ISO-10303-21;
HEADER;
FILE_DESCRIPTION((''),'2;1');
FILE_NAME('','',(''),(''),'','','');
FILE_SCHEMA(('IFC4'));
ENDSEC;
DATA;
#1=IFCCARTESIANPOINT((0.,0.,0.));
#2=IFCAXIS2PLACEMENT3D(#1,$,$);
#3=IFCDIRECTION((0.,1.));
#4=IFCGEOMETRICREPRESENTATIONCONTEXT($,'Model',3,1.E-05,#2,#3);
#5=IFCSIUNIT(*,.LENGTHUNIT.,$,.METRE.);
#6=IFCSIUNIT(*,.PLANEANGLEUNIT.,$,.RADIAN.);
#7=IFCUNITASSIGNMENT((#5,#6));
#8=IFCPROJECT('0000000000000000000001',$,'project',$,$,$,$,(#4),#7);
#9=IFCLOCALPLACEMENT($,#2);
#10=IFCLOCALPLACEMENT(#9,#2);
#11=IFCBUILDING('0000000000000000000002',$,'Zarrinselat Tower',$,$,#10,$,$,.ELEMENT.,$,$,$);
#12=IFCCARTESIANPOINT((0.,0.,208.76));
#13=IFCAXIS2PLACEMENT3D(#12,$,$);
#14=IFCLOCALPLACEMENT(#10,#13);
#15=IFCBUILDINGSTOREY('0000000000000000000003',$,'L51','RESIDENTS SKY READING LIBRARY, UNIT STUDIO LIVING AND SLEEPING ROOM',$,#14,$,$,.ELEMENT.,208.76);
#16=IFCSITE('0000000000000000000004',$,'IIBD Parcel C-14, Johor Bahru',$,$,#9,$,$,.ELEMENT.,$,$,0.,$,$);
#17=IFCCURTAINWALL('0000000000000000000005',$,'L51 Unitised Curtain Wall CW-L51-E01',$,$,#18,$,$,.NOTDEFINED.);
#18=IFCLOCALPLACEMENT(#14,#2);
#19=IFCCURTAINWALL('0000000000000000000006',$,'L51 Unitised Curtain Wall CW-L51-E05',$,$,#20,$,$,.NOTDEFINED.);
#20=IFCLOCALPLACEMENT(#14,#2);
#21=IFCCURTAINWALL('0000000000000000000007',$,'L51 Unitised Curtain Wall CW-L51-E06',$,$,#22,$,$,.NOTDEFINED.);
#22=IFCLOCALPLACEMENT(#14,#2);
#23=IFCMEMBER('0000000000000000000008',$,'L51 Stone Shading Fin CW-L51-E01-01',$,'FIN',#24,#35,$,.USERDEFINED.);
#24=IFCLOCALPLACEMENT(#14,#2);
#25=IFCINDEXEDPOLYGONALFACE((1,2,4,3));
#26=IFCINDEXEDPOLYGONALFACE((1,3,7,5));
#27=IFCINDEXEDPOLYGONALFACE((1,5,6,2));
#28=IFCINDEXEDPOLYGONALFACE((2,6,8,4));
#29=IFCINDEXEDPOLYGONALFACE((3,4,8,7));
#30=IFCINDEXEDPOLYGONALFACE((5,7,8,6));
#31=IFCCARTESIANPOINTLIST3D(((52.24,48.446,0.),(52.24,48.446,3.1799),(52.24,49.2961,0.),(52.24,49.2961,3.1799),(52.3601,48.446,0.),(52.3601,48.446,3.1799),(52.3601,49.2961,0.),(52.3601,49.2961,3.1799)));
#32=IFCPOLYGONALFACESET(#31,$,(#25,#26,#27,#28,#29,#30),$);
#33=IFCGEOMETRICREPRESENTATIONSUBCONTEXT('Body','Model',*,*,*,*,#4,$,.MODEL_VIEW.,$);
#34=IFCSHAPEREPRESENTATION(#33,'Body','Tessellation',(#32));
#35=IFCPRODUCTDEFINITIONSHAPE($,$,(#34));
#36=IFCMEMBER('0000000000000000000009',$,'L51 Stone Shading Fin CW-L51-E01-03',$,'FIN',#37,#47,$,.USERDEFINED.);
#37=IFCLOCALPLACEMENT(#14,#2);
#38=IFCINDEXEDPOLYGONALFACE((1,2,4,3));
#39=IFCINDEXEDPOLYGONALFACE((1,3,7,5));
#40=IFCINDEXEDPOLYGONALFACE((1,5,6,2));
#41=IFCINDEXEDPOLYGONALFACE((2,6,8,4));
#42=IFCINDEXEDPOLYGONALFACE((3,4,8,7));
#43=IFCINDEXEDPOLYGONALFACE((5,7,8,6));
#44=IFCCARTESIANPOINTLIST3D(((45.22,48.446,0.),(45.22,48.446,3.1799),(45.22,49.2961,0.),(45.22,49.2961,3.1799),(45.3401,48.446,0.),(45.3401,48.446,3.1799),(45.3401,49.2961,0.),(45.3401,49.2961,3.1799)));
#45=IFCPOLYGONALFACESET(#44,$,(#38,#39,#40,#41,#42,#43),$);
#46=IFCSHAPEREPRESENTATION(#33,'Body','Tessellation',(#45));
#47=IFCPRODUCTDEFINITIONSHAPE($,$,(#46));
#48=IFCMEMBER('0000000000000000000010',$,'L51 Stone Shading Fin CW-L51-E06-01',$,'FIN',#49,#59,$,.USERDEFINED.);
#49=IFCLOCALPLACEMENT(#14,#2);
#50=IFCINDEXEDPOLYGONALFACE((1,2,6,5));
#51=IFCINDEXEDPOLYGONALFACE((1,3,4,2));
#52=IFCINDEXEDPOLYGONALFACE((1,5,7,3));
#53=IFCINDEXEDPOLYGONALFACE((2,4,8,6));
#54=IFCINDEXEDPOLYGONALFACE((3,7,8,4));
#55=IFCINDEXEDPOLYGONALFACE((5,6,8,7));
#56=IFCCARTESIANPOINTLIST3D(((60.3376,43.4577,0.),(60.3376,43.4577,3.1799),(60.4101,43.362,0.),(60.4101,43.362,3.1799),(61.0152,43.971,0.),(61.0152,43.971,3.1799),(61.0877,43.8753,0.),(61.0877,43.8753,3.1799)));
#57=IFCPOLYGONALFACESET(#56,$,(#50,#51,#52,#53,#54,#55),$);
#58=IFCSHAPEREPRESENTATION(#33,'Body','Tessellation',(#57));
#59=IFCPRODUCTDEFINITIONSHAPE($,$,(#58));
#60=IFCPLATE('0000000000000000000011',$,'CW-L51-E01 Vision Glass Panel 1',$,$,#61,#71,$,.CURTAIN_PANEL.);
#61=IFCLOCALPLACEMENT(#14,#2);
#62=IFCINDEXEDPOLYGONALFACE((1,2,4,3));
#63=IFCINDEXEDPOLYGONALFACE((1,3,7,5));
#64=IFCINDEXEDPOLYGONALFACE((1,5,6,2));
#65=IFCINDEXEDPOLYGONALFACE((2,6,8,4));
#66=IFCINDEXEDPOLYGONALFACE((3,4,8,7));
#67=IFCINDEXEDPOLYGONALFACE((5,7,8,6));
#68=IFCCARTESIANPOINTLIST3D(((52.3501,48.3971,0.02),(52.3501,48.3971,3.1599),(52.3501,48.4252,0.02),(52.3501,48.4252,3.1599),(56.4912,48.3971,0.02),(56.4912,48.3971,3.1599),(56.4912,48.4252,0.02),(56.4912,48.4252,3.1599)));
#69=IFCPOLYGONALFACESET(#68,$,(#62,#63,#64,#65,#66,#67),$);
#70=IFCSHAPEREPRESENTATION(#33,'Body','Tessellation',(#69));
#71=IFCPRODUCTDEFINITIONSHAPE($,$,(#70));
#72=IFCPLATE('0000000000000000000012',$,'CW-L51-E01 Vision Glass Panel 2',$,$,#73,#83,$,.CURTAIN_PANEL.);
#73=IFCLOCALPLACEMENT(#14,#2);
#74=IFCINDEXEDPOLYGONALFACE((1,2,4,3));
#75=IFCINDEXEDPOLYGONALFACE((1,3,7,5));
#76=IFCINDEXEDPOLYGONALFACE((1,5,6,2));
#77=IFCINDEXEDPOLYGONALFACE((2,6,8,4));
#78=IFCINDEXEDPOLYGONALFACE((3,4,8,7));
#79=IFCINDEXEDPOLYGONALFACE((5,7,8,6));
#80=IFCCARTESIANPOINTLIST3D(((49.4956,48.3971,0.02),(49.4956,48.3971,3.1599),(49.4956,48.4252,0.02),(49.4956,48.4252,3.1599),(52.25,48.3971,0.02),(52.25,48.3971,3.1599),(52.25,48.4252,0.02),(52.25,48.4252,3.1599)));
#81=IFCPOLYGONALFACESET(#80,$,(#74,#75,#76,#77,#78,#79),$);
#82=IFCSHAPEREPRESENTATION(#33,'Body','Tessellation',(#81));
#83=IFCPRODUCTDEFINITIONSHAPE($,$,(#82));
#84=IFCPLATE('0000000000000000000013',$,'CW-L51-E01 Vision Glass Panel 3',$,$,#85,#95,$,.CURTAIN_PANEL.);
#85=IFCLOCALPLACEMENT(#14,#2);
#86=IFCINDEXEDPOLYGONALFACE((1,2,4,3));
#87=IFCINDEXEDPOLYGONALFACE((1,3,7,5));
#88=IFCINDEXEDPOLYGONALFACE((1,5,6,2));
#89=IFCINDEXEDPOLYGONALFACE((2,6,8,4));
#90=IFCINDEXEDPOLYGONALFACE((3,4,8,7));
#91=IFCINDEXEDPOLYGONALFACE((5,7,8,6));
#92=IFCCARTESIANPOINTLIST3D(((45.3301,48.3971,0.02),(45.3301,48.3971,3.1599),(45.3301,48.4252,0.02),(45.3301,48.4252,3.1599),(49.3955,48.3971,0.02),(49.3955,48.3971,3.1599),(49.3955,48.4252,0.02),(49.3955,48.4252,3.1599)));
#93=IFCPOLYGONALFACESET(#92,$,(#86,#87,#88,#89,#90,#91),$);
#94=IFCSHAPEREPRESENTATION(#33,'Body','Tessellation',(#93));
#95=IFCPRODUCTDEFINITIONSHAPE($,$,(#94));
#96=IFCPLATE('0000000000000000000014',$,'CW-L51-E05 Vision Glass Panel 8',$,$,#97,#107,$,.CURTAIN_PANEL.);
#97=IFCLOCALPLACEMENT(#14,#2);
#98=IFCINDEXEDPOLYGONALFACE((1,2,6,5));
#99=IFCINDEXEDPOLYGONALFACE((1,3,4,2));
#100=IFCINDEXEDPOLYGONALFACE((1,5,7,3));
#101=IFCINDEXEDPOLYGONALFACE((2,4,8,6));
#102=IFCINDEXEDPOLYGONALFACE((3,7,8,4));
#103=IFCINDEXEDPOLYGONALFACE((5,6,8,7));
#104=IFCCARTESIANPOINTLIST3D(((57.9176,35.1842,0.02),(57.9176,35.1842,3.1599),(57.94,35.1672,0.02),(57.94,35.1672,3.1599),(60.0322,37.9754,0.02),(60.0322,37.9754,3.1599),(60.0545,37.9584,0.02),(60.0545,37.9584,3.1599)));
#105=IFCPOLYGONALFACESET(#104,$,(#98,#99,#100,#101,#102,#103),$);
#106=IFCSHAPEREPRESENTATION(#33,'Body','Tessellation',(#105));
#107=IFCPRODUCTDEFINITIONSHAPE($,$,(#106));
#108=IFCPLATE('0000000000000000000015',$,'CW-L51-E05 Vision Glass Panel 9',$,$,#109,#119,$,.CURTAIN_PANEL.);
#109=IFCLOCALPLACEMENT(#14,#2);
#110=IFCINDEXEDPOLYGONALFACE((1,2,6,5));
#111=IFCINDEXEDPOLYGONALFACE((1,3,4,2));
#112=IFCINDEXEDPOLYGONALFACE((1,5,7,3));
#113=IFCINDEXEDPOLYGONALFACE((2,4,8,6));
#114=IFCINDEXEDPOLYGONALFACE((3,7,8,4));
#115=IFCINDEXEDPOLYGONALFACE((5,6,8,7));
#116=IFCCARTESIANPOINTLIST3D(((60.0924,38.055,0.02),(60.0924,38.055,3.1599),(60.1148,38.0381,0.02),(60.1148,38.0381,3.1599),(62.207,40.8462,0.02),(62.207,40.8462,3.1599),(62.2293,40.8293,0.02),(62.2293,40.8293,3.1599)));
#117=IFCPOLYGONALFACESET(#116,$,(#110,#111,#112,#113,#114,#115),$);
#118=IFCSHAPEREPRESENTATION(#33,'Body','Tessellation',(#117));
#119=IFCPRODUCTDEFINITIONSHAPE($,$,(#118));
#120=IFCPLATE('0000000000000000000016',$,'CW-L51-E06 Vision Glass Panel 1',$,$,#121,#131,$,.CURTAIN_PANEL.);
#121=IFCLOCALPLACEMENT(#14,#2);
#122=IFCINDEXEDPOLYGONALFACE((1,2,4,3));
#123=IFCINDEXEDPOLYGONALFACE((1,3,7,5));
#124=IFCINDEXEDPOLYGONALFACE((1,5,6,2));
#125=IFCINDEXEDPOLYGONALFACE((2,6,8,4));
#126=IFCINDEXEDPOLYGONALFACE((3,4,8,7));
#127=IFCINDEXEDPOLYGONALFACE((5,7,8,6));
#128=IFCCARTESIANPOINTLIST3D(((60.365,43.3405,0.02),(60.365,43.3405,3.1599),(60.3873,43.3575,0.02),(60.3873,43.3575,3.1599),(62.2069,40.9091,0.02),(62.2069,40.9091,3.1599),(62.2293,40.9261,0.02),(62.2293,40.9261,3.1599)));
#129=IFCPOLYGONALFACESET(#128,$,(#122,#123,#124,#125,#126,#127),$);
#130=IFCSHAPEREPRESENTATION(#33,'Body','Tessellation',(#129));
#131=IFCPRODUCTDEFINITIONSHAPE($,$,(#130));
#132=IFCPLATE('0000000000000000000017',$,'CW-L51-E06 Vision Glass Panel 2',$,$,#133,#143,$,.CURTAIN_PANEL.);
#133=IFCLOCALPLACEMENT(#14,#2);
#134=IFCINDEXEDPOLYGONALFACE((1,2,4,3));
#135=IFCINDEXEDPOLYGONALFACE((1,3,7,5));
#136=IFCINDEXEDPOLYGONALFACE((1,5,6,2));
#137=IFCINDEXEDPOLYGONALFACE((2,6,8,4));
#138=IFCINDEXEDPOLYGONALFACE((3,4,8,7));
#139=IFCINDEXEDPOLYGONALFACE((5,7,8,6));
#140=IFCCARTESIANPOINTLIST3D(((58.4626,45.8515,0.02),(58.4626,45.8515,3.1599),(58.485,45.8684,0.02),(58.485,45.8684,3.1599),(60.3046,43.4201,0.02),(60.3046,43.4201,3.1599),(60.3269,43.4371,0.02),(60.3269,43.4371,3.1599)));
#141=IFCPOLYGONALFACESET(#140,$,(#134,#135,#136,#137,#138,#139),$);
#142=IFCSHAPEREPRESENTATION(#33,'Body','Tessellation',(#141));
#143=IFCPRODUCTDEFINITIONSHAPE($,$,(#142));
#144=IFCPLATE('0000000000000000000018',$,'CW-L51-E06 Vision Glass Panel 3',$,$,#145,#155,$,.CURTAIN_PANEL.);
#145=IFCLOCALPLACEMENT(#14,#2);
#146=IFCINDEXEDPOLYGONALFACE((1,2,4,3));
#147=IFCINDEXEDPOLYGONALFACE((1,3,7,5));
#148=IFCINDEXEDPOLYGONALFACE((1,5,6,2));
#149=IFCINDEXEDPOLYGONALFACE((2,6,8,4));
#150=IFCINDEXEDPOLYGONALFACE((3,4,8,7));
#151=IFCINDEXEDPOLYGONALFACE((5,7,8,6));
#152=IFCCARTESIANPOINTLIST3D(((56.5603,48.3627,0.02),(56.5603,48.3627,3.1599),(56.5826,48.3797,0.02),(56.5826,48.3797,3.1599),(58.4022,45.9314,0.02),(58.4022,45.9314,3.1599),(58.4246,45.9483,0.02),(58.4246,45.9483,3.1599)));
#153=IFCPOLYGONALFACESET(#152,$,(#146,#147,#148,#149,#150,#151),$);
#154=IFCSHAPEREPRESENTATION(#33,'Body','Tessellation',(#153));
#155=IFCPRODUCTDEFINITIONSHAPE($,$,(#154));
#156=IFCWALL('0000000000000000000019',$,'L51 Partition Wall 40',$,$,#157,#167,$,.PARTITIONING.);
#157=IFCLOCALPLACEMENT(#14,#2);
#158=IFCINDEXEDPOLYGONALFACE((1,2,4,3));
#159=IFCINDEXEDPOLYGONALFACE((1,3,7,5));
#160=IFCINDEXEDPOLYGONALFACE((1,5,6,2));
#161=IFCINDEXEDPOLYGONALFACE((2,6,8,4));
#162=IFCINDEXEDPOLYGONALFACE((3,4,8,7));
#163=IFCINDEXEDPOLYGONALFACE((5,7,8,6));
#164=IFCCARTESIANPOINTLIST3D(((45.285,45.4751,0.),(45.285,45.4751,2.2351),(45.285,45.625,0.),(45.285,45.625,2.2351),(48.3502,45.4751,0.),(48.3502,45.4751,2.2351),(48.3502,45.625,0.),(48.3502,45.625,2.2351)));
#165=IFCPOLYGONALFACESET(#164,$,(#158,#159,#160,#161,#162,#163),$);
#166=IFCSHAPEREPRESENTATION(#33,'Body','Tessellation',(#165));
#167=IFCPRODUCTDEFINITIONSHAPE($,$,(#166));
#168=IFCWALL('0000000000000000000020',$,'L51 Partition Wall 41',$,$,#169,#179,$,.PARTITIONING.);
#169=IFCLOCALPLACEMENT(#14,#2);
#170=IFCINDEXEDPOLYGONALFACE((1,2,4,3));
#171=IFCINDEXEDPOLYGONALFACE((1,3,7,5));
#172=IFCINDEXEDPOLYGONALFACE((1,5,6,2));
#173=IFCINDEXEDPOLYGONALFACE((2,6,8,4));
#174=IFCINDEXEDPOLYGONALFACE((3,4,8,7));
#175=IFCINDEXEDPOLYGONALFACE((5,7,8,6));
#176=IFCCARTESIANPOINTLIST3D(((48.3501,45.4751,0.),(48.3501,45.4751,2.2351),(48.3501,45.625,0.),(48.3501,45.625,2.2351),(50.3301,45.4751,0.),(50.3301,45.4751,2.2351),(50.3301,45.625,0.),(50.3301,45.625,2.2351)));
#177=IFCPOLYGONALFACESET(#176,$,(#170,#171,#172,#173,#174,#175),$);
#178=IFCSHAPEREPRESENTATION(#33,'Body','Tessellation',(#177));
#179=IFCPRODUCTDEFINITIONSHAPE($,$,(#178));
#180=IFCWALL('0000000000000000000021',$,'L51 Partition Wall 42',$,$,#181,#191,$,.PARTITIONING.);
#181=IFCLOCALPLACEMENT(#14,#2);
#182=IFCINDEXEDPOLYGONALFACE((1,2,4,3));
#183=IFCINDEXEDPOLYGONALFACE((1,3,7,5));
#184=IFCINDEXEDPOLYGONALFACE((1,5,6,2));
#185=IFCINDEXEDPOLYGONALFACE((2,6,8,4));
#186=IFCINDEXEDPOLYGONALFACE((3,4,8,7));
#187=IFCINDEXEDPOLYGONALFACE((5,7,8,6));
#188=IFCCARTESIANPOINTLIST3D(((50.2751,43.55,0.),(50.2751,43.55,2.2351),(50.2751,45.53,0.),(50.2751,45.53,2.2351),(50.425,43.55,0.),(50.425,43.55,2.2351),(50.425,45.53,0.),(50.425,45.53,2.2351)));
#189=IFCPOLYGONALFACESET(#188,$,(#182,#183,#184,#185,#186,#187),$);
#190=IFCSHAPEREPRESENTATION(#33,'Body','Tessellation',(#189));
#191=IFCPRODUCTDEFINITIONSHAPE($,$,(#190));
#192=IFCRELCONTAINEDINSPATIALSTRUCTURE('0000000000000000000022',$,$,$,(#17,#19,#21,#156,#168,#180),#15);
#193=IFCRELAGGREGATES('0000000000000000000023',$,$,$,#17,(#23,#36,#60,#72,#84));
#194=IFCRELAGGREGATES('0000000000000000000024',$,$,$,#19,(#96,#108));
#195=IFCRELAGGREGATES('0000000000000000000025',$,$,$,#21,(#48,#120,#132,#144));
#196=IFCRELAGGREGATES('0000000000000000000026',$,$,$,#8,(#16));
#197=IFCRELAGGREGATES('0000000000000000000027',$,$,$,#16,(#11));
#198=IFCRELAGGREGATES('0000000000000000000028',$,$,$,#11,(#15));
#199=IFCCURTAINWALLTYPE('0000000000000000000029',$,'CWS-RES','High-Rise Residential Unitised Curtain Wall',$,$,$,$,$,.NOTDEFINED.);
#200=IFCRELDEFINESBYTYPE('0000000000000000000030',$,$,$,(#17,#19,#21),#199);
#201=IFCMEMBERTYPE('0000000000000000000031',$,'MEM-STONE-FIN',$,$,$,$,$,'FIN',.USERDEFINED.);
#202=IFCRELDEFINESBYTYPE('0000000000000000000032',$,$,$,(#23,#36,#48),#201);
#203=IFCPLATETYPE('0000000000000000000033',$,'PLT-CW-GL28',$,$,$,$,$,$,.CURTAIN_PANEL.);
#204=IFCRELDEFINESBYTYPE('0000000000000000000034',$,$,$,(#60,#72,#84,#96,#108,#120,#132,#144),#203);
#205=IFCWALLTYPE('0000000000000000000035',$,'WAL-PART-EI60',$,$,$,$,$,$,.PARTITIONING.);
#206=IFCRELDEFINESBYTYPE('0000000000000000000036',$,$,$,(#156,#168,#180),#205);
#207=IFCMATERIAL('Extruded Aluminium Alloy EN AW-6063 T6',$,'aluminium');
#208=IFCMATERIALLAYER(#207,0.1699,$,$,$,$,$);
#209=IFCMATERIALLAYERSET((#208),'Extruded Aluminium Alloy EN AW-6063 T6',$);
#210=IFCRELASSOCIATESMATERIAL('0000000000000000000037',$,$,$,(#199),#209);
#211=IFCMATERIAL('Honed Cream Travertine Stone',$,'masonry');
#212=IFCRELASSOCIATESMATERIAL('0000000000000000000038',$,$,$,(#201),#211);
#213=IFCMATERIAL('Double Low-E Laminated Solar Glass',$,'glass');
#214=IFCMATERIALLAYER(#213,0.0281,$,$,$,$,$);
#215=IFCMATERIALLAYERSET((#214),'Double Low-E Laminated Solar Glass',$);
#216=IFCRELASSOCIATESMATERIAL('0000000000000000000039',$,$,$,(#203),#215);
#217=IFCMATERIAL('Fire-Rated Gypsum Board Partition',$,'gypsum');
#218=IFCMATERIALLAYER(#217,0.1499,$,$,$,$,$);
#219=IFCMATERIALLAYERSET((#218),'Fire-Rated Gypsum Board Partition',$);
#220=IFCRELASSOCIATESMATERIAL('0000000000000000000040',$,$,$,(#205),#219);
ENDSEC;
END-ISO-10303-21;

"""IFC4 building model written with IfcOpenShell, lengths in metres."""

from ifc_helpers import new_model, si_unit, direction, frame, frame_2d, origin, origin_2d, place, context, subcontext, project, spatial, rectangle, extrude, material, layer, layer_set, material_profile, profile_set, type_object, element, aggregate, save


model = new_model("IFC4")

# Units and contexts
model_context = context("Model", 3, precision=1e-05, world=origin(), true_north=direction((0.0, 1.0)))
body_context = subcontext(model_context, "Body", "Model", "MODEL_VIEW")
ifc_project = project(units=[si_unit("LENGTHUNIT", "METRE"), si_unit("PLANEANGLEUNIT", "RADIAN")], contexts=[model_context])

# Site, building, storey
site_placement = place(None, origin())
site = spatial("IfcSite", under=ifc_project, at=site_placement, Name="IIBD Parcel C-14, Johor Bahru", CompositionType="ELEMENT", RefElevation=0.0)
building_placement = place(site_placement, origin())
building = spatial("IfcBuilding", under=site, at=building_placement, Name="Zarrinselat Tower", CompositionType="ELEMENT")
storey_placement = place(building_placement, frame((0.0, 0.0, 208.76)))
storey = spatial("IfcBuildingStorey", under=building, at=storey_placement, Name="L51", Description="RESIDENTS SKY READING LIBRARY, UNIT STUDIO LIVING AND SLEEPING ROOM", CompositionType="ELEMENT", Elevation=208.76)

# Curtain walls
ifc_material_1 = material(Name="Extruded Aluminium Alloy EN AW-6063 T6", Category="aluminium")
ifc_layer_1 = layer(ifc_material_1, 0.1699)
ifc_layer_set_1 = layer_set([ifc_layer_1], Name="Extruded Aluminium Alloy EN AW-6063 T6")
curtain_wall_type = type_object("IfcCurtainWallType", Name="CWS-RES", Description="High-Rise Residential Unitised Curtain Wall", PredefinedType="NOTDEFINED", material=ifc_layer_set_1)
curtain_wall_1_placement = place(storey_placement, origin())
curtain_wall_1 = element("IfcCurtainWall", 1, at=curtain_wall_1_placement, inside=storey, type_object=curtain_wall_type, Name="L51 Unitised Curtain Wall CW-L51-E01", PredefinedType="NOTDEFINED")
curtain_wall_2_placement = place(storey_placement, origin())
curtain_wall_2 = element("IfcCurtainWall", 2, at=curtain_wall_2_placement, inside=storey, type_object=curtain_wall_type, Name="L51 Unitised Curtain Wall CW-L51-E05", PredefinedType="NOTDEFINED")
curtain_wall_3_placement = place(storey_placement, origin())
curtain_wall_3 = element("IfcCurtainWall", 3, at=curtain_wall_3_placement, inside=storey, type_object=curtain_wall_type, Name="L51 Unitised Curtain Wall CW-L51-E06", PredefinedType="NOTDEFINED")

# Members
ifc_material_2 = material(Name="Honed Cream Travertine Stone", Category="masonry")
ifc_material_profile_1 = material_profile(ifc_material_2, rectangle(XDim=0.1201, YDim=0.8501, at=origin_2d()), Name="FIN 850x120")
ifc_profile_set_1 = profile_set([ifc_material_profile_1], Name="Honed Cream Travertine Stone")
member_type_1 = type_object("IfcMemberType", Name="MEM-STONE-FIN", ElementType="FIN", PredefinedType="USERDEFINED", material=ifc_profile_set_1)
member_1_placement = place(storey_placement, frame((52.3, 48.8711, 0.0), z_axis=(0.0, 0.0, 1.0), x_axis=(1.0, 0.0, 0.0)))
member_1 = element("IfcMember", 4, at=member_1_placement, type_object=member_type_1, Name="L51 Stone Shading Fin CW-L51-E01-01", ObjectType="FIN", PredefinedType="USERDEFINED", context=body_context, shape_type="SweptSolid", body=[
    extrude(rectangle(XDim=0.1201, YDim=0.8501, at=origin_2d()), origin(), (0.0, 0.0, 1.0), 3.1799),
])
member_2_placement = place(storey_placement, frame((45.28, 48.8711, 0.0), z_axis=(0.0, 0.0, 1.0), x_axis=(1.0, 0.0, 0.0)))
member_2 = element("IfcMember", 5, at=member_2_placement, type_object=member_type_1, Name="L51 Stone Shading Fin CW-L51-E01-03", ObjectType="FIN", PredefinedType="USERDEFINED", context=body_context, shape_type="SweptSolid", body=[
    extrude(rectangle(XDim=0.1201, YDim=0.8501, at=origin_2d()), origin(), (0.0, 0.0, 1.0), 3.1799),
])
member_3_placement = place(storey_placement, frame((60.7126, 43.6665, 0.0), z_axis=(0.0, 0.0, 1.0), x_axis=(0.603858, -0.797092, 0.0)))
member_3 = element("IfcMember", 6, at=member_3_placement, type_object=member_type_1, Name="L51 Stone Shading Fin CW-L51-E06-01", ObjectType="FIN", PredefinedType="USERDEFINED", context=body_context, shape_type="SweptSolid", body=[
    extrude(rectangle(XDim=0.1201, YDim=0.8501, at=origin_2d()), origin(), (0.0, 0.0, 1.0), 3.1799),
])

# Plates
ifc_material_3 = material(Name="Double Low-E Laminated Solar Glass", Category="glass")
ifc_layer_2 = layer(ifc_material_3, 0.0281)
ifc_layer_set_2 = layer_set([ifc_layer_2], Name="Double Low-E Laminated Solar Glass")
plate_type = type_object("IfcPlateType", Name="PLT-CW-GL28", PredefinedType="CURTAIN_PANEL", material=ifc_layer_set_2)
plate_1_placement = place(storey_placement, frame((54.4207, 48.4111, 0.02), z_axis=(0.0, 0.0, 1.0), x_axis=(-1.0, 0.0, 0.0)))
plate_1 = element("IfcPlate", 7, at=plate_1_placement, type_object=plate_type, Name="CW-L51-E01 Vision Glass Panel 1", PredefinedType="CURTAIN_PANEL", context=body_context, shape_type="SweptSolid", body=[
    extrude(rectangle(XDim=4.1411, YDim=0.0281, at=origin_2d()), origin(), (0.0, 0.0, 1.0), 3.1399),
])
plate_2_placement = place(storey_placement, frame((50.8728, 48.4111, 0.02), z_axis=(0.0, 0.0, 1.0), x_axis=(-1.0, 0.0, 0.0)))
plate_2 = element("IfcPlate", 8, at=plate_2_placement, type_object=plate_type, Name="CW-L51-E01 Vision Glass Panel 2", PredefinedType="CURTAIN_PANEL", context=body_context, shape_type="SweptSolid", body=[
    extrude(rectangle(XDim=2.7544, YDim=0.0281, at=origin_2d()), origin(), (0.0, 0.0, 1.0), 3.1399),
])
plate_3_placement = place(storey_placement, frame((47.3628, 48.4111, 0.02), z_axis=(0.0, 0.0, 1.0), x_axis=(-1.0, 0.0, 0.0)))
plate_3 = element("IfcPlate", 9, at=plate_3_placement, type_object=plate_type, Name="CW-L51-E01 Vision Glass Panel 3", PredefinedType="CURTAIN_PANEL", context=body_context, shape_type="SweptSolid", body=[
    extrude(rectangle(XDim=4.0654, YDim=0.0281, at=origin_2d()), origin(), (0.0, 0.0, 1.0), 3.1399),
])
aggregate(curtain_wall_1, [member_1, member_2, plate_1, plate_2, plate_3])
plate_4_placement = place(storey_placement, frame((58.9861, 36.5713, 0.02), z_axis=(0.0, 0.0, 1.0), x_axis=(0.603859, 0.797091, 0.0)))
plate_4 = element("IfcPlate", 10, at=plate_4_placement, type_object=plate_type, Name="CW-L51-E05 Vision Glass Panel 8", PredefinedType="CURTAIN_PANEL", context=body_context, shape_type="SweptSolid", body=[
    extrude(rectangle(XDim=3.5017, YDim=0.0281, at=origin_2d()), origin(), (0.0, 0.0, 1.0), 3.1399),
])
plate_5_placement = place(storey_placement, frame((61.1609, 39.4421, 0.02), z_axis=(0.0, 0.0, 1.0), x_axis=(0.603859, 0.797091, 0.0)))
plate_5 = element("IfcPlate", 11, at=plate_5_placement, type_object=plate_type, Name="CW-L51-E05 Vision Glass Panel 9", PredefinedType="CURTAIN_PANEL", context=body_context, shape_type="SweptSolid", body=[
    extrude(rectangle(XDim=3.5017, YDim=0.0281, at=origin_2d()), origin(), (0.0, 0.0, 1.0), 3.1399),
])
aggregate(curtain_wall_2, [plate_4, plate_5])
plate_6_placement = place(storey_placement, frame((61.2971, 42.1333, 0.02), z_axis=(0.0, 0.0, 1.0), x_axis=(-0.603858, 0.797092, 0.0)))
plate_6 = element("IfcPlate", 12, at=plate_6_placement, type_object=plate_type, Name="CW-L51-E06 Vision Glass Panel 1", PredefinedType="CURTAIN_PANEL", context=body_context, shape_type="SweptSolid", body=[
    extrude(rectangle(XDim=3.0503, YDim=0.0281, at=origin_2d()), origin(), (0.0, 0.0, 1.0), 3.1399),
])
plate_7_placement = place(storey_placement, frame((59.3948, 44.6443, 0.02), z_axis=(0.0, 0.0, 1.0), x_axis=(-0.603858, 0.797092, 0.0)))
plate_7 = element("IfcPlate", 13, at=plate_7_placement, type_object=plate_type, Name="CW-L51-E06 Vision Glass Panel 2", PredefinedType="CURTAIN_PANEL", context=body_context, shape_type="SweptSolid", body=[
    extrude(rectangle(XDim=3.0503, YDim=0.0281, at=origin_2d()), origin(), (0.0, 0.0, 1.0), 3.1399),
])
plate_8_placement = place(storey_placement, frame((57.4924, 47.1555, 0.02), z_axis=(0.0, 0.0, 1.0), x_axis=(-0.603858, 0.797092, 0.0)))
plate_8 = element("IfcPlate", 14, at=plate_8_placement, type_object=plate_type, Name="CW-L51-E06 Vision Glass Panel 3", PredefinedType="CURTAIN_PANEL", context=body_context, shape_type="SweptSolid", body=[
    extrude(rectangle(XDim=3.0503, YDim=0.0281, at=origin_2d()), origin(), (0.0, 0.0, 1.0), 3.1399),
])
aggregate(curtain_wall_3, [member_3, plate_6, plate_7, plate_8])

# Walls
ifc_material_4 = material(Name="Fire-Rated Gypsum Board Partition", Category="gypsum")
ifc_layer_3 = layer(ifc_material_4, 0.1499)
ifc_layer_set_3 = layer_set([ifc_layer_3], Name="Fire-Rated Gypsum Board Partition")
wall_type = type_object("IfcWallType", Name="WAL-PART-EI60", PredefinedType="PARTITIONING", material=ifc_layer_set_3)
wall_placement = place(storey_placement, frame((45.2849, 45.55, 0.0), z_axis=(0.0, 0.0, 1.0), x_axis=(1.0, 0.0, 0.0)))
element("IfcWall", 15, at=wall_placement, inside=storey, type_object=wall_type, Name="L51 Partition Wall 40", PredefinedType="PARTITIONING", context=body_context, shape_type="SweptSolid", body=[
    extrude(rectangle(XDim=3.0652, YDim=0.1499, at=frame_2d((1.5327, 0.0))), origin(), (0.0, 0.0, 1.0), 2.2351),
])
for number, where, z_axis, x_axis, name in (
    (16, (48.3501, 45.55, 0.0), (0.0, 0.0, 1.0), (1.0, 0.0, 0.0), "L51 Partition Wall 41"),
    (17, (50.3501, 43.55, 0.0), (0.0, 0.0, 1.0), (0.0, 1.0, 0.0), "L51 Partition Wall 42"),
):
    element("IfcWall", number, at=place(storey_placement, frame(where, z_axis=z_axis, x_axis=x_axis)), inside=storey, type_object=wall_type, Name=name, PredefinedType="PARTITIONING", context=body_context, shape_type="SweptSolid", body=[
        extrude(rectangle(XDim=1.98, YDim=0.1499, at=frame_2d((0.99, 0.0))), origin(), (0.0, 0.0, 1.0), 2.2351),
    ])

save(model, "model.ifc")
